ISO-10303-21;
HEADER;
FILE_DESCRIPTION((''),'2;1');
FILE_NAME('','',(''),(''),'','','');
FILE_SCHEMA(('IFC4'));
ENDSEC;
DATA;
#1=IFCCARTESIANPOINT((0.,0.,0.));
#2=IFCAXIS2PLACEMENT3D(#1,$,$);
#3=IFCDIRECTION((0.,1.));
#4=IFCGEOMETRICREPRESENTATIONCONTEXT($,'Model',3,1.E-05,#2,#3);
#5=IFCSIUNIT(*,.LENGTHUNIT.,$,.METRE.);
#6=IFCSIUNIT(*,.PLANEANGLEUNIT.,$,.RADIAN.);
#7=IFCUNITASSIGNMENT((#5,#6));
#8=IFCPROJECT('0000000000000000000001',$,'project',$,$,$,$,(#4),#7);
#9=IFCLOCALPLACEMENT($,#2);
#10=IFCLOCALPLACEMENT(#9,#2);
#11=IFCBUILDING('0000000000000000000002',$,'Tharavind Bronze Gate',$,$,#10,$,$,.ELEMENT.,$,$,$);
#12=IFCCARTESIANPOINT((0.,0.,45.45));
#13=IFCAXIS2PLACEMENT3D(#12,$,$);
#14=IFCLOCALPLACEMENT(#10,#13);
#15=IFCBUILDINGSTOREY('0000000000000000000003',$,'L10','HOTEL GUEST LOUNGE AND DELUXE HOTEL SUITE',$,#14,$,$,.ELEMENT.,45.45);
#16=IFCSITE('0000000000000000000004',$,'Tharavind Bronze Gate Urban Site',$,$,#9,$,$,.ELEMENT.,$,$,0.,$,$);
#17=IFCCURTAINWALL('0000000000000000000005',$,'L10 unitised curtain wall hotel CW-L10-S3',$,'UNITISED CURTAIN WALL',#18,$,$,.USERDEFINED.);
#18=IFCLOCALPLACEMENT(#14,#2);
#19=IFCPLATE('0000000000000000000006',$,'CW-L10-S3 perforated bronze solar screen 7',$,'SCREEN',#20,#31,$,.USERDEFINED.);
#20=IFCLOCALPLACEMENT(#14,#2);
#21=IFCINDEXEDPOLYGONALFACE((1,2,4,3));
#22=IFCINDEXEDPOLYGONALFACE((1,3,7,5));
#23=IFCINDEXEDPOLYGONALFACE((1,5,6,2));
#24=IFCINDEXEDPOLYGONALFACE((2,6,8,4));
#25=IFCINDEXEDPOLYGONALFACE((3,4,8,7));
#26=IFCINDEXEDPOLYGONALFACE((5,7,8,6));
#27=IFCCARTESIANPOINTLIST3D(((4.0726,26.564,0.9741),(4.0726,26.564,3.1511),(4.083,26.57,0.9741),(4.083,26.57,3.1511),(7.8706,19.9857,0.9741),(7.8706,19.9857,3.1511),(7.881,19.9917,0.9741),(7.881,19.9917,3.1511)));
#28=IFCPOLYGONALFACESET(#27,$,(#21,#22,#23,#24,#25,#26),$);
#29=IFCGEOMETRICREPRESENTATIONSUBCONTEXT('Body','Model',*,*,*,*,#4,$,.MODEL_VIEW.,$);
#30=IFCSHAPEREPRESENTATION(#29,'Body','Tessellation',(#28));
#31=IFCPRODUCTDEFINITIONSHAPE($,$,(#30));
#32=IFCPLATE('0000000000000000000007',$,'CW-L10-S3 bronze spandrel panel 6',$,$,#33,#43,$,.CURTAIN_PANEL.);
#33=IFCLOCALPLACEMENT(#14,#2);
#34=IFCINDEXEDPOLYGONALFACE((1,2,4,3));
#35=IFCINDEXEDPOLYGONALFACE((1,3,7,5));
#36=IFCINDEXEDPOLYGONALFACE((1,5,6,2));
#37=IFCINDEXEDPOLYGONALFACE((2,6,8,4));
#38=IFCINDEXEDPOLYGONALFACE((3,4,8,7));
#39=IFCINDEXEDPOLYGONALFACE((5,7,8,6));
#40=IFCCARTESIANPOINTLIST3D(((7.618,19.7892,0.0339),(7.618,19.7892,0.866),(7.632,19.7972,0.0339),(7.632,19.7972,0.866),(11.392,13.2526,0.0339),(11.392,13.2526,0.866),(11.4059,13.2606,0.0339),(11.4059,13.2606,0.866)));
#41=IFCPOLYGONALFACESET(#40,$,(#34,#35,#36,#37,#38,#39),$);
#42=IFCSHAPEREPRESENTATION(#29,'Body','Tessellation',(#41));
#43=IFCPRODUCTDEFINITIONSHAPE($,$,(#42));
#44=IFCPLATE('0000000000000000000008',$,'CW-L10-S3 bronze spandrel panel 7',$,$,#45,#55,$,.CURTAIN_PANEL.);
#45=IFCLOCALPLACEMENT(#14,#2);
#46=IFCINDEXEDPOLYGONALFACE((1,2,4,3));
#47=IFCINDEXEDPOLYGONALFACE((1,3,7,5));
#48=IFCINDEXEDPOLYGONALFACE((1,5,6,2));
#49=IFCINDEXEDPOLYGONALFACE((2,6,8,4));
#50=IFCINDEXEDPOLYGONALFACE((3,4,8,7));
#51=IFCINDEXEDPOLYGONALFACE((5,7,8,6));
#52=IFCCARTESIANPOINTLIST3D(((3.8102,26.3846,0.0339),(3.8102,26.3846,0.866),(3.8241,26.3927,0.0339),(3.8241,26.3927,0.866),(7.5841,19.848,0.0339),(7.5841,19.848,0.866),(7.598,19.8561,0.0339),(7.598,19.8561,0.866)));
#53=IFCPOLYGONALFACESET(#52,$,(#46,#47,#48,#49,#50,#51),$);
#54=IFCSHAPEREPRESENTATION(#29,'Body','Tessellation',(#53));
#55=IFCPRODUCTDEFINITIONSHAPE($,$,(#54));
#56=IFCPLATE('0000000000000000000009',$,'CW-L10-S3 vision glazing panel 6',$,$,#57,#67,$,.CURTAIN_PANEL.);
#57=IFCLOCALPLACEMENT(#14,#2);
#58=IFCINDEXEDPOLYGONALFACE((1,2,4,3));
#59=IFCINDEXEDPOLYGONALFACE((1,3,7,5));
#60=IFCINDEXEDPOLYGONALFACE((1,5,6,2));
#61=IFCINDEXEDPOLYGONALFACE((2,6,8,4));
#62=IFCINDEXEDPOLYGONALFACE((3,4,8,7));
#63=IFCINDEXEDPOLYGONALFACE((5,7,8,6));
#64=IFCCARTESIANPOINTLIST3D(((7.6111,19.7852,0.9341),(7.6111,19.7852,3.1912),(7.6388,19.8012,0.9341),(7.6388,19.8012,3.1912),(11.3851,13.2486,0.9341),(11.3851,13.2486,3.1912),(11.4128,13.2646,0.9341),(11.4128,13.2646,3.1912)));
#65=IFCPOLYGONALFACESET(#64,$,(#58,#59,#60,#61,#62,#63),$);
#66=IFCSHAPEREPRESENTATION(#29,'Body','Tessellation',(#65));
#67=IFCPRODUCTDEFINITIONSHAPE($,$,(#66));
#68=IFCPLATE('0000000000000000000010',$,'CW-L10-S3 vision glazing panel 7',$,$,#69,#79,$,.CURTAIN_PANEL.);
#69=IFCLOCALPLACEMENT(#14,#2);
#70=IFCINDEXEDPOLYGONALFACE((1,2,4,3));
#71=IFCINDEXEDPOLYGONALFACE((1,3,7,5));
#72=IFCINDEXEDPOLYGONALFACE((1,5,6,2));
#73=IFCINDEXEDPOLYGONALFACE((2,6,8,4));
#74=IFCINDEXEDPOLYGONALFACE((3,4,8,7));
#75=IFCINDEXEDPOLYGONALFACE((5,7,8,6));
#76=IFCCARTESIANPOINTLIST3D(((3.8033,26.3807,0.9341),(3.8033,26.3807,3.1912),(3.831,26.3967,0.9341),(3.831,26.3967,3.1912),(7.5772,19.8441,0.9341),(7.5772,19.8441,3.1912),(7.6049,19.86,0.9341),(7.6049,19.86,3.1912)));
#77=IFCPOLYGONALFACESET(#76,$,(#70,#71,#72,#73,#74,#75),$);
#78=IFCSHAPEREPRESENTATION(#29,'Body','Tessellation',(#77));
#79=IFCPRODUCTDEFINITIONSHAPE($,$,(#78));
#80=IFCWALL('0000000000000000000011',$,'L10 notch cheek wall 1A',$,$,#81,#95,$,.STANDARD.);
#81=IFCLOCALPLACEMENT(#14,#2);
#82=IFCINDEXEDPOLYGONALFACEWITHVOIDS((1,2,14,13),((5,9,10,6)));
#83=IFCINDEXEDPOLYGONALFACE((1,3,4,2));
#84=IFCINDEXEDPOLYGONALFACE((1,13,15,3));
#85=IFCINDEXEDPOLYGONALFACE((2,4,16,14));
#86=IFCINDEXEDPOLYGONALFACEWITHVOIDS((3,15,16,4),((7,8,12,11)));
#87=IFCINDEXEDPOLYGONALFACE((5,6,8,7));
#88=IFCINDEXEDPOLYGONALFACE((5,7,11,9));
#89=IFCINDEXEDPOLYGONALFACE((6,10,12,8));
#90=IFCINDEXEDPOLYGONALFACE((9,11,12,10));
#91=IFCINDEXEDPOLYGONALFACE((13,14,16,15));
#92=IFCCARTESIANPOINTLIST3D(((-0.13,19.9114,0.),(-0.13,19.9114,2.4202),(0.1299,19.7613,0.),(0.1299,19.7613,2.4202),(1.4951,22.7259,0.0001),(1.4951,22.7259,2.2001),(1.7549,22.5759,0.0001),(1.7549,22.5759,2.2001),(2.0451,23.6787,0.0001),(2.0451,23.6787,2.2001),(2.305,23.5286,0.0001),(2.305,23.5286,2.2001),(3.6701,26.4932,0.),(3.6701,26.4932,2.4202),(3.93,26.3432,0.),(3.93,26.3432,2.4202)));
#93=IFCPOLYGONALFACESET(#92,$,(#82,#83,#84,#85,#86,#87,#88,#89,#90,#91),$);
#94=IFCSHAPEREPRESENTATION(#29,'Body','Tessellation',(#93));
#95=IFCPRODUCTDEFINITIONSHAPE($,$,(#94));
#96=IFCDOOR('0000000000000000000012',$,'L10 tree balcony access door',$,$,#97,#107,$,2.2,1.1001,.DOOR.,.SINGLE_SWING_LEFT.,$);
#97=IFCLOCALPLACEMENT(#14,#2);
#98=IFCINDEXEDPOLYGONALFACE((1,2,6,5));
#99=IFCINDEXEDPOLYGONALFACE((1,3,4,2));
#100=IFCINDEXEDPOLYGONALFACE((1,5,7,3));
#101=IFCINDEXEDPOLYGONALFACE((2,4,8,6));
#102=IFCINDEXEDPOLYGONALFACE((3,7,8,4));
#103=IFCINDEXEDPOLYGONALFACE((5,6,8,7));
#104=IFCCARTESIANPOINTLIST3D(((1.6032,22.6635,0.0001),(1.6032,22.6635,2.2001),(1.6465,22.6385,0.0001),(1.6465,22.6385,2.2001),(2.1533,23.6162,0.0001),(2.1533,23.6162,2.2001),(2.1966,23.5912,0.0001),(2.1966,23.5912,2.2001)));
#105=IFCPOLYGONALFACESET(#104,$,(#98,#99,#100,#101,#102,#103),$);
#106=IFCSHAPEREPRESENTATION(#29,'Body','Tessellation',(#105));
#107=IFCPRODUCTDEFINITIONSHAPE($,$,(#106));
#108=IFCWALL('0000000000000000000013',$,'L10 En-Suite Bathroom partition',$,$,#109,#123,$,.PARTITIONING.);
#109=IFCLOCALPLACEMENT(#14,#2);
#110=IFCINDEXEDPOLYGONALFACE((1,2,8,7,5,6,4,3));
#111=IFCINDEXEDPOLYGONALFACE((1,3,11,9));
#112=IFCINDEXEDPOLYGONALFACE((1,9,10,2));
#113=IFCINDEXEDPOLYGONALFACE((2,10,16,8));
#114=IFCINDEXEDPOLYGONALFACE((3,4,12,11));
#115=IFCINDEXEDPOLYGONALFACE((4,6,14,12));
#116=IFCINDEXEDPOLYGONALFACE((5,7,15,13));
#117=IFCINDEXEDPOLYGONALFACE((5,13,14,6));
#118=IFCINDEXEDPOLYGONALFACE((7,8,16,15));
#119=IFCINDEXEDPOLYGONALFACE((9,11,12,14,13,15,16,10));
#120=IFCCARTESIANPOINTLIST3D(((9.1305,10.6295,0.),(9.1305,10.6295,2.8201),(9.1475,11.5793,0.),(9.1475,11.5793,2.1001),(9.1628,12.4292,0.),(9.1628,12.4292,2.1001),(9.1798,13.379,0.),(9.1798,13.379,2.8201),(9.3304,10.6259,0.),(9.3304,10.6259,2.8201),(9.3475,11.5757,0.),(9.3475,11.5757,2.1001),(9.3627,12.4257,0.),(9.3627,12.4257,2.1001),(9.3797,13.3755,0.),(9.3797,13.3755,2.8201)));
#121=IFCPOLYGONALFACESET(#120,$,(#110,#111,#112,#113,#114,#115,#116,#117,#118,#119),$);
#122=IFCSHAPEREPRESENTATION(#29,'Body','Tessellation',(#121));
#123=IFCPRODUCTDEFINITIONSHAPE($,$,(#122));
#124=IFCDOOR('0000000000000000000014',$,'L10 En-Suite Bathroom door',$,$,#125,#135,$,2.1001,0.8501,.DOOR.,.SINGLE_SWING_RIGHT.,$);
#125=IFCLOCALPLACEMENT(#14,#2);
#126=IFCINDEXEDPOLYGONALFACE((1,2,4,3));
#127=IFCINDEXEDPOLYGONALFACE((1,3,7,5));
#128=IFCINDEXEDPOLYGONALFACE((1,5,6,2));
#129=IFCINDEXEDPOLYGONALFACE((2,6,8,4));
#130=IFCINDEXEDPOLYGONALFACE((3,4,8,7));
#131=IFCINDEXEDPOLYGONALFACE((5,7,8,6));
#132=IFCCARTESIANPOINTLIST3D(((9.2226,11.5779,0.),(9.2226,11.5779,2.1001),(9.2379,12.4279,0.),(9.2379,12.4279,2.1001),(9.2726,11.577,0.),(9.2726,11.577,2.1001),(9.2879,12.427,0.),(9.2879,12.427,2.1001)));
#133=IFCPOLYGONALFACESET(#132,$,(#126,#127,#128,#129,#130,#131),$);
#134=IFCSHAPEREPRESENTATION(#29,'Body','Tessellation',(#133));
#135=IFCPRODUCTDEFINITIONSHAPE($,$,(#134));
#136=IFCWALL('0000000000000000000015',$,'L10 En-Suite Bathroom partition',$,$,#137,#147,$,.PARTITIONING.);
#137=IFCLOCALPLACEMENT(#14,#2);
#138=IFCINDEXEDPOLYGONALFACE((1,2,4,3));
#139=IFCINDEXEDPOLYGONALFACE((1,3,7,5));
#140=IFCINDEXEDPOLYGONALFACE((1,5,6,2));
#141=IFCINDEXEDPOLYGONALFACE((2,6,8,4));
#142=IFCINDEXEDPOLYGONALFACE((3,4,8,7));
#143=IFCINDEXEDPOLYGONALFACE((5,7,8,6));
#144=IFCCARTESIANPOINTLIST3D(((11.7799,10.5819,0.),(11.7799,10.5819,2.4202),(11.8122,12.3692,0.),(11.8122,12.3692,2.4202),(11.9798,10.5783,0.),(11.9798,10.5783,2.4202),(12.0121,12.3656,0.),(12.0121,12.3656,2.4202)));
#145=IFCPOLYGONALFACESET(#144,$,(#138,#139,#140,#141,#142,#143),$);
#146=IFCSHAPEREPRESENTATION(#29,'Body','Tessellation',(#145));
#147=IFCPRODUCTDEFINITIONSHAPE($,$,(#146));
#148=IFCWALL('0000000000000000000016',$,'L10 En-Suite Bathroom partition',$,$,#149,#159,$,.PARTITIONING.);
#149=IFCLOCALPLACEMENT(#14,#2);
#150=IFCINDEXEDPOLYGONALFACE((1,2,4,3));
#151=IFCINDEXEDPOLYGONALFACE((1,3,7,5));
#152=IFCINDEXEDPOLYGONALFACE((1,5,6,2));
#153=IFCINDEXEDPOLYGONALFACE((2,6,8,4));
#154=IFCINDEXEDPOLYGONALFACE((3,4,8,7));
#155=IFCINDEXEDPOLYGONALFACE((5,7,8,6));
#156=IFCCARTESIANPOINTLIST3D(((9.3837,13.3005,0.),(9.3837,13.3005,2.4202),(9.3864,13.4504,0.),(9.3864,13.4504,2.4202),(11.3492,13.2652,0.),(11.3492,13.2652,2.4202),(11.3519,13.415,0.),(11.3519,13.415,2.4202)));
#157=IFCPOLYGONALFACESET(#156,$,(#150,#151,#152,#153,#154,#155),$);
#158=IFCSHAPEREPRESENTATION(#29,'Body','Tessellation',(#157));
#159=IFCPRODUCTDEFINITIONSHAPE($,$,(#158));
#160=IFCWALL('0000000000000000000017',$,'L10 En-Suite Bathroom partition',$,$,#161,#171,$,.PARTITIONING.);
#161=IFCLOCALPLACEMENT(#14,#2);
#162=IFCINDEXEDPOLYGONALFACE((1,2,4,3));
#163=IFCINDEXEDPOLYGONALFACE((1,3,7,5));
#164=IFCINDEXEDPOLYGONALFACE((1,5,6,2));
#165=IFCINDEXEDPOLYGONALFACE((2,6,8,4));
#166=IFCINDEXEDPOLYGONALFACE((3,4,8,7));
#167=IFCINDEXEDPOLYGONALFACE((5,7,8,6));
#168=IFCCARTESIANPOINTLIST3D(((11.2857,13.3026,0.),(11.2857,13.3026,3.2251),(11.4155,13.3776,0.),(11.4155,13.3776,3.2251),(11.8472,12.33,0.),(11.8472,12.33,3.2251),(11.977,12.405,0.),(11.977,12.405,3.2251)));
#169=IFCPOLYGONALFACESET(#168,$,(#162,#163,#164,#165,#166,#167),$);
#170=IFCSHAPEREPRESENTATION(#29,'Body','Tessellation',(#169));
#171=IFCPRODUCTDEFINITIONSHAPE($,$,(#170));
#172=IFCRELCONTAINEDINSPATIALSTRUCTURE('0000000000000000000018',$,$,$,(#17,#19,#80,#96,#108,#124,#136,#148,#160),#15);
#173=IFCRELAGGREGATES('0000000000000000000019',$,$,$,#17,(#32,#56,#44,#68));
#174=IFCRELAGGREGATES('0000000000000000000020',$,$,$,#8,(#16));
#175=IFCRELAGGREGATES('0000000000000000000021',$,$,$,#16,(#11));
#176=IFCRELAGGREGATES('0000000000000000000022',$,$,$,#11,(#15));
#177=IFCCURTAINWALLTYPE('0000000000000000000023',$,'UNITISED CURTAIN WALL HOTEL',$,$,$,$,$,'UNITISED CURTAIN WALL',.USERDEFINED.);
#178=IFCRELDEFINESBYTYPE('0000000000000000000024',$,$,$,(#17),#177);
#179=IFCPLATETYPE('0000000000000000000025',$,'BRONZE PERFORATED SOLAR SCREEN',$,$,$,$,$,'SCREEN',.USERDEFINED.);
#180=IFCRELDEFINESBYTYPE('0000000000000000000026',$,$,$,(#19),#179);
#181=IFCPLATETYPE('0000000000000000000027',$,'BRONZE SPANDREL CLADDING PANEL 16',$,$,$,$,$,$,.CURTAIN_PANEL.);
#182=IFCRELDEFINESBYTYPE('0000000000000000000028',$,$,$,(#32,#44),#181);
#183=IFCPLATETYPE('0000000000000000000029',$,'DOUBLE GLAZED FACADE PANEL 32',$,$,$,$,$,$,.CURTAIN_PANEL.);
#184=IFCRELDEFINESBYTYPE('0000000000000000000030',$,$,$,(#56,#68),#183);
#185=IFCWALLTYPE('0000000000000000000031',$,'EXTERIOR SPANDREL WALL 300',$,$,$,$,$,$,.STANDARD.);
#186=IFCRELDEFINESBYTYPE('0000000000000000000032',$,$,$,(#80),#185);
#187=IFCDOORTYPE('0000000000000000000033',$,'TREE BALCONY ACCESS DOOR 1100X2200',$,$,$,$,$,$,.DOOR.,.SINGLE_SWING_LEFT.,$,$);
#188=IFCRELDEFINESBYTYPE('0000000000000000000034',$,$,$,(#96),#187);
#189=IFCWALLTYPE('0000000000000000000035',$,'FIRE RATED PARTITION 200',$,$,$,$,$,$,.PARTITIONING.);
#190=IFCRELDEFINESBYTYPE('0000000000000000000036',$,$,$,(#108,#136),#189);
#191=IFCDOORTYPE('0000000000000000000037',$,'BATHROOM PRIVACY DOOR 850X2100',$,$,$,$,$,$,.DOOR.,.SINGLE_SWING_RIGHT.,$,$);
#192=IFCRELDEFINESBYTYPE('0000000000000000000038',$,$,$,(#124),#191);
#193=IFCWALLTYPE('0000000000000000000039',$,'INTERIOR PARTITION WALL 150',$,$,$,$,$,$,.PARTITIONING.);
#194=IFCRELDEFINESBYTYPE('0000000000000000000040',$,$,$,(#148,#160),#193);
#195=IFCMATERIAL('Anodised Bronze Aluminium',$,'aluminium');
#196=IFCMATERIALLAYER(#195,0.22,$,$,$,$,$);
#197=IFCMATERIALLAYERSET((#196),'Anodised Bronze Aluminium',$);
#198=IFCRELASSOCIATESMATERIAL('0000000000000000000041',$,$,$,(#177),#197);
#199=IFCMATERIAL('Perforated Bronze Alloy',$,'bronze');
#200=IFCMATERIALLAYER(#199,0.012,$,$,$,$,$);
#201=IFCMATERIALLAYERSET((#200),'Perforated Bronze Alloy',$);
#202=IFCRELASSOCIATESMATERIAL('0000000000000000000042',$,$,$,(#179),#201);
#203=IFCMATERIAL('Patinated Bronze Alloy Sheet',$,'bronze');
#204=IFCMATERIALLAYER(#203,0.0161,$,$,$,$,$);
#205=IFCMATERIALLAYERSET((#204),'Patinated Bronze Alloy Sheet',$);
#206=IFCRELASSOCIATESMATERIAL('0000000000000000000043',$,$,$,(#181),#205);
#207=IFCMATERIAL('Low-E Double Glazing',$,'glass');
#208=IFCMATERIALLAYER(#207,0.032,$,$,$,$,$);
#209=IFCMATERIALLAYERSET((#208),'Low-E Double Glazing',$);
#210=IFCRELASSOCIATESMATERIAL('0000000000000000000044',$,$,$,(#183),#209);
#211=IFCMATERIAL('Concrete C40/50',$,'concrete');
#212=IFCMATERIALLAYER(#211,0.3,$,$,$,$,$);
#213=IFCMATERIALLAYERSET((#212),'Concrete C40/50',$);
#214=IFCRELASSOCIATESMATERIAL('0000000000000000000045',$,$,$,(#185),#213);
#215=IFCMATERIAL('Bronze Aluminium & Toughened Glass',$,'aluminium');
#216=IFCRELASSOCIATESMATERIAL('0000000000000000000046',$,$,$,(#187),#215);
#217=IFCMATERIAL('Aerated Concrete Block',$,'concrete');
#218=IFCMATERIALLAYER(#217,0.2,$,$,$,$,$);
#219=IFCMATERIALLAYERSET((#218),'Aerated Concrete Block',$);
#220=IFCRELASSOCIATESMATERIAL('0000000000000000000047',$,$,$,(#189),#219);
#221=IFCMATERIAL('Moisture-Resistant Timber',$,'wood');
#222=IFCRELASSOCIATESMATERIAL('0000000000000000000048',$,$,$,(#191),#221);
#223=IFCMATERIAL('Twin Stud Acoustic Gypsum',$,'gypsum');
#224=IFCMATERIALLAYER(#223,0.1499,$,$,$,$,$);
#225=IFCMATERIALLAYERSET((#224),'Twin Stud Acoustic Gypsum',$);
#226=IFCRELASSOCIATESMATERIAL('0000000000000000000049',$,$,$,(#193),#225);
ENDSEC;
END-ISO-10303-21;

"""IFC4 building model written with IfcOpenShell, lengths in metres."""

from ifc_helpers import new_model, si_unit, direction, frame, frame_2d, origin, origin_2d, place, context, subcontext, project, spatial, rectangle, extrude, material, layer, layer_set, type_object, element, fill, aggregate, save


model = new_model("IFC4")

# Units and contexts
model_context = context("Model", 3, precision=1e-05, world=origin(), true_north=direction((0.0, 1.0)))
body_context = subcontext(model_context, "Body", "Model", "MODEL_VIEW")
ifc_project = project(units=[si_unit("LENGTHUNIT", "METRE"), si_unit("PLANEANGLEUNIT", "RADIAN")], contexts=[model_context])

# Site, building, storey
site_placement = place(None, origin())
site = spatial("IfcSite", under=ifc_project, at=site_placement, Name="Tharavind Bronze Gate Urban Site", CompositionType="ELEMENT", RefElevation=0.0)
building_placement = place(site_placement, origin())
building = spatial("IfcBuilding", under=site, at=building_placement, Name="Tharavind Bronze Gate", CompositionType="ELEMENT")
storey_placement = place(building_placement, frame((0.0, 0.0, 45.45)))
storey = spatial("IfcBuildingStorey", under=building, at=storey_placement, Name="L10", Description="HOTEL GUEST LOUNGE AND DELUXE HOTEL SUITE", CompositionType="ELEMENT", Elevation=45.45)

# Curtain wall
ifc_material_1 = material(Name="Anodised Bronze Aluminium", Category="aluminium")
ifc_layer_1 = layer(ifc_material_1, 0.22)
ifc_layer_set_1 = layer_set([ifc_layer_1], Name="Anodised Bronze Aluminium")
curtain_wall_type = type_object("IfcCurtainWallType", Name="UNITISED CURTAIN WALL HOTEL", ElementType="UNITISED CURTAIN WALL", PredefinedType="USERDEFINED", material=ifc_layer_set_1)
curtain_wall_placement = place(storey_placement, origin())
curtain_wall = element("IfcCurtainWall", 1, at=curtain_wall_placement, inside=storey, type_object=curtain_wall_type, Name="L10 unitised curtain wall hotel CW-L10-S3", ObjectType="UNITISED CURTAIN WALL", PredefinedType="USERDEFINED")

# Plates
ifc_material_2 = material(Name="Perforated Bronze Alloy", Category="bronze")
ifc_layer_2 = layer(ifc_material_2, 0.012)
ifc_layer_set_2 = layer_set([ifc_layer_2], Name="Perforated Bronze Alloy")
plate_type_1 = type_object("IfcPlateType", Name="BRONZE PERFORATED SOLAR SCREEN", ElementType="SCREEN", PredefinedType="USERDEFINED", material=ifc_layer_set_2)
plate_1_placement = place(storey_placement, frame((5.9768, 23.2778, 0.9741), z_axis=(0.0, 0.0, 1.0), x_axis=(-0.500002, 0.866025, 0.0)))
element("IfcPlate", 2, at=plate_1_placement, inside=storey, type_object=plate_type_1, Name="CW-L10-S3 perforated bronze solar screen 7", ObjectType="SCREEN", PredefinedType="USERDEFINED", context=body_context, shape_type="SweptSolid", body=[
    extrude(rectangle(XDim=7.5959, YDim=0.012, at=origin_2d()), origin(), (0.0, 0.0, 1.0), 2.177),
])
ifc_material_3 = material(Name="Patinated Bronze Alloy Sheet", Category="bronze")
ifc_layer_3 = layer(ifc_material_3, 0.0161)
ifc_layer_set_3 = layer_set([ifc_layer_3], Name="Patinated Bronze Alloy Sheet")
plate_type_2 = type_object("IfcPlateType", Name="BRONZE SPANDREL CLADDING PANEL 16", PredefinedType="CURTAIN_PANEL", material=ifc_layer_set_3)
plate_2_placement = place(storey_placement, frame((9.512, 16.5249, 0.0339), z_axis=(0.0, 0.0, 1.0), x_axis=(-0.500002, 0.866025, 0.0)))
plate_2 = element("IfcPlate", 3, at=plate_2_placement, type_object=plate_type_2, Name="CW-L10-S3 bronze spandrel panel 6", PredefinedType="CURTAIN_PANEL", context=body_context, shape_type="SweptSolid", body=[
    extrude(rectangle(XDim=7.5479, YDim=0.0161, at=origin_2d()), origin(), (0.0, 0.0, 1.0), 0.832),
])
plate_3_placement = place(storey_placement, frame((5.7041, 23.1204, 0.0339), z_axis=(0.0, 0.0, 1.0), x_axis=(-0.500002, 0.866025, 0.0)))
plate_3 = element("IfcPlate", 4, at=plate_3_placement, type_object=plate_type_2, Name="CW-L10-S3 bronze spandrel panel 7", PredefinedType="CURTAIN_PANEL", context=body_context, shape_type="SweptSolid", body=[
    extrude(rectangle(XDim=7.5479, YDim=0.0161, at=origin_2d()), origin(), (0.0, 0.0, 1.0), 0.832),
])
ifc_material_4 = material(Name="Low-E Double Glazing", Category="glass")
ifc_layer_4 = layer(ifc_material_4, 0.032)
ifc_layer_set_4 = layer_set([ifc_layer_4], Name="Low-E Double Glazing")
plate_type_3 = type_object("IfcPlateType", Name="DOUBLE GLAZED FACADE PANEL 32", PredefinedType="CURTAIN_PANEL", material=ifc_layer_set_4)
plate_4_placement = place(storey_placement, frame((9.512, 16.5249, 0.9341), z_axis=(0.0, 0.0, 1.0), x_axis=(-0.500002, 0.866025, 0.0)))
plate_4 = element("IfcPlate", 5, at=plate_4_placement, type_object=plate_type_3, Name="CW-L10-S3 vision glazing panel 6", PredefinedType="CURTAIN_PANEL", context=body_context, shape_type="SweptSolid", body=[
    extrude(rectangle(XDim=7.5479, YDim=0.032, at=origin_2d()), origin(), (0.0, 0.0, 1.0), 2.2571),
])
plate_5_placement = place(storey_placement, frame((5.7041, 23.1204, 0.9341), z_axis=(0.0, 0.0, 1.0), x_axis=(-0.500002, 0.866025, 0.0)))
plate_5 = element("IfcPlate", 6, at=plate_5_placement, type_object=plate_type_3, Name="CW-L10-S3 vision glazing panel 7", PredefinedType="CURTAIN_PANEL", context=body_context, shape_type="SweptSolid", body=[
    extrude(rectangle(XDim=7.5479, YDim=0.032, at=origin_2d()), origin(), (0.0, 0.0, 1.0), 2.2571),
])
aggregate(curtain_wall, [plate_2, plate_4, plate_3, plate_5])

# Walls, openings, doors
ifc_material_5 = material(Name="Concrete C40/50", Category="concrete")
ifc_layer_5 = layer(ifc_material_5, 0.3)
ifc_layer_set_5 = layer_set([ifc_layer_5], Name="Concrete C40/50")
wall_type_1 = type_object("IfcWallType", Name="EXTERIOR SPANDREL WALL 300", PredefinedType="STANDARD", material=ifc_layer_set_5)
wall_1_placement = place(storey_placement, frame((3.8, 26.4182, 0.0), z_axis=(0.0, 0.0, 1.0), x_axis=(-0.500005, -0.866022, 0.0)))
wall_1 = element("IfcWall", 7, at=wall_1_placement, inside=storey, type_object=wall_type_1, Name="L10 notch cheek wall 1A", PredefinedType="STANDARD", context=body_context, shape_type="SweptSolid", body=[
    extrude(rectangle(XDim=7.6001, YDim=0.3, at=frame_2d((3.8, 0.0))), origin(), (0.0, 0.0, 1.0), 2.4202),
])
opening_1_placement = place(wall_1_placement, frame((3.25, 0.0, 0.0)))
opening_1 = element("IfcOpeningElement", 8, at=opening_1_placement, cuts=wall_1, PredefinedType="OPENING", context=body_context, shape_type="SweptSolid", body=[
    extrude(rectangle(XDim=1.1001, YDim=2.2, at=frame_2d((0.55, 1.1001))), frame((0.0, 0.1599, 0.0), z_axis=(0.0, -1.0, 0.0), x_axis=(1.0, 0.0, 0.0)), (0.0, 0.0, 1.0), 0.32),
])
ifc_material_6 = material(Name="Bronze Aluminium & Toughened Glass", Category="aluminium")
door_type_1 = type_object("IfcDoorType", Name="TREE BALCONY ACCESS DOOR 1100X2200", OperationType="SINGLE_SWING_LEFT", PredefinedType="DOOR", material=ifc_material_6)
door_1_placement = place(opening_1_placement, origin())
door_1 = element("IfcDoor", 9, at=door_1_placement, inside=storey, type_object=door_type_1, Name="L10 tree balcony access door", OperationType="SINGLE_SWING_LEFT", OverallHeight=2.2, OverallWidth=1.1001, PredefinedType="DOOR", context=body_context, shape_type="SweptSolid", body=[
    extrude(rectangle(XDim=1.1001, YDim=2.2, at=frame_2d((0.55, 1.1001))), frame((0.0, 0.0249, 0.0), z_axis=(0.0, -1.0, 0.0), x_axis=(1.0, 0.0, 0.0)), (0.0, 0.0, 1.0), 0.05),
])
fill(opening_1, door_1)
ifc_material_7 = material(Name="Aerated Concrete Block", Category="concrete")
ifc_layer_6 = layer(ifc_material_7, 0.2)
ifc_layer_set_6 = layer_set([ifc_layer_6], Name="Aerated Concrete Block")
wall_type_2 = type_object("IfcWallType", Name="FIRE RATED PARTITION 200", PredefinedType="PARTITIONING", material=ifc_layer_set_6)
wall_2_placement = place(storey_placement, frame((9.2305, 10.6277, 0.0), z_axis=(0.0, 0.0, 1.0), x_axis=(0.017934, 0.999839, 0.0)))
wall_2 = element("IfcWall", 10, at=wall_2_placement, inside=storey, type_object=wall_type_2, Name="L10 En-Suite Bathroom partition", PredefinedType="PARTITIONING", context=body_context, shape_type="SweptSolid", body=[
    extrude(rectangle(XDim=2.75, YDim=0.2, at=frame_2d((1.375, 0.0))), origin(), (0.0, 0.0, 1.0), 2.8201),
])
opening_2_placement = place(wall_2_placement, frame((0.95, 0.0, 0.0)))
opening_2 = element("IfcOpeningElement", 11, at=opening_2_placement, cuts=wall_2, PredefinedType="OPENING", context=body_context, shape_type="SweptSolid", body=[
    extrude(rectangle(XDim=0.8501, YDim=2.1001, at=frame_2d((0.425, 1.05))), frame((0.0, 0.1101, 0.0), z_axis=(0.0, -1.0, 0.0), x_axis=(1.0, 0.0, 0.0)), (0.0, 0.0, 1.0), 0.22),
])
ifc_material_8 = material(Name="Moisture-Resistant Timber", Category="wood")
door_type_2 = type_object("IfcDoorType", Name="BATHROOM PRIVACY DOOR 850X2100", OperationType="SINGLE_SWING_RIGHT", PredefinedType="DOOR", material=ifc_material_8)
door_2_placement = place(opening_2_placement, origin())
door_2 = element("IfcDoor", 12, at=door_2_placement, inside=storey, type_object=door_type_2, Name="L10 En-Suite Bathroom door", OperationType="SINGLE_SWING_RIGHT", OverallHeight=2.1001, OverallWidth=0.8501, PredefinedType="DOOR", context=body_context, shape_type="SweptSolid", body=[
    extrude(rectangle(XDim=0.8501, YDim=2.1001, at=frame_2d((0.425, 1.05))), frame((0.0, 0.0249, 0.0), z_axis=(0.0, -1.0, 0.0), x_axis=(1.0, 0.0, 0.0)), (0.0, 0.0, 1.0), 0.05),
])
fill(opening_2, door_2)

# Walls
wall_3_placement = place(storey_placement, frame((11.9121, 12.3674, 0.0), z_axis=(0.0, 0.0, 1.0), x_axis=(-0.018027, -0.999837, 0.0)))
element("IfcWall", 13, at=wall_3_placement, inside=storey, type_object=wall_type_2, Name="L10 En-Suite Bathroom partition", PredefinedType="PARTITIONING", context=body_context, shape_type="SweptSolid", body=[
    extrude(rectangle(XDim=1.7876, YDim=0.2, at=frame_2d((0.8938, 0.0))), origin(), (0.0, 0.0, 1.0), 2.4202),
])
ifc_material_9 = material(Name="Twin Stud Acoustic Gypsum", Category="gypsum")
ifc_layer_7 = layer(ifc_material_9, 0.1499)
ifc_layer_set_7 = layer_set([ifc_layer_7], Name="Twin Stud Acoustic Gypsum")
wall_type_3 = type_object("IfcWallType", Name="INTERIOR PARTITION WALL 150", PredefinedType="PARTITIONING", material=ifc_layer_set_7)
wall_4_placement = place(storey_placement, frame((9.385, 13.3755, 0.0), z_axis=(0.0, 0.0, 1.0), x_axis=(0.999838, -0.018007, 0.0)))
element("IfcWall", 14, at=wall_4_placement, inside=storey, type_object=wall_type_3, Name="L10 En-Suite Bathroom partition", PredefinedType="PARTITIONING", context=body_context, shape_type="SweptSolid", body=[
    extrude(rectangle(XDim=1.9658, YDim=0.1499, at=frame_2d((0.9829, 0.0))), origin(), (0.0, 0.0, 1.0), 2.4202),
])
wall_5_placement = place(storey_placement, frame((11.3506, 13.3401, 0.0), z_axis=(0.0, 0.0, 1.0), x_axis=(0.499973, -0.866041, 0.0)))
element("IfcWall", 15, at=wall_5_placement, inside=storey, type_object=wall_type_3, Name="L10 En-Suite Bathroom partition", PredefinedType="PARTITIONING", context=body_context, shape_type="SweptSolid", body=[
    extrude(rectangle(XDim=1.123, YDim=0.1499, at=frame_2d((0.5615, 0.0))), origin(), (0.0, 0.0, 1.0), 3.2251),
])

save(model, "model.ifc")
